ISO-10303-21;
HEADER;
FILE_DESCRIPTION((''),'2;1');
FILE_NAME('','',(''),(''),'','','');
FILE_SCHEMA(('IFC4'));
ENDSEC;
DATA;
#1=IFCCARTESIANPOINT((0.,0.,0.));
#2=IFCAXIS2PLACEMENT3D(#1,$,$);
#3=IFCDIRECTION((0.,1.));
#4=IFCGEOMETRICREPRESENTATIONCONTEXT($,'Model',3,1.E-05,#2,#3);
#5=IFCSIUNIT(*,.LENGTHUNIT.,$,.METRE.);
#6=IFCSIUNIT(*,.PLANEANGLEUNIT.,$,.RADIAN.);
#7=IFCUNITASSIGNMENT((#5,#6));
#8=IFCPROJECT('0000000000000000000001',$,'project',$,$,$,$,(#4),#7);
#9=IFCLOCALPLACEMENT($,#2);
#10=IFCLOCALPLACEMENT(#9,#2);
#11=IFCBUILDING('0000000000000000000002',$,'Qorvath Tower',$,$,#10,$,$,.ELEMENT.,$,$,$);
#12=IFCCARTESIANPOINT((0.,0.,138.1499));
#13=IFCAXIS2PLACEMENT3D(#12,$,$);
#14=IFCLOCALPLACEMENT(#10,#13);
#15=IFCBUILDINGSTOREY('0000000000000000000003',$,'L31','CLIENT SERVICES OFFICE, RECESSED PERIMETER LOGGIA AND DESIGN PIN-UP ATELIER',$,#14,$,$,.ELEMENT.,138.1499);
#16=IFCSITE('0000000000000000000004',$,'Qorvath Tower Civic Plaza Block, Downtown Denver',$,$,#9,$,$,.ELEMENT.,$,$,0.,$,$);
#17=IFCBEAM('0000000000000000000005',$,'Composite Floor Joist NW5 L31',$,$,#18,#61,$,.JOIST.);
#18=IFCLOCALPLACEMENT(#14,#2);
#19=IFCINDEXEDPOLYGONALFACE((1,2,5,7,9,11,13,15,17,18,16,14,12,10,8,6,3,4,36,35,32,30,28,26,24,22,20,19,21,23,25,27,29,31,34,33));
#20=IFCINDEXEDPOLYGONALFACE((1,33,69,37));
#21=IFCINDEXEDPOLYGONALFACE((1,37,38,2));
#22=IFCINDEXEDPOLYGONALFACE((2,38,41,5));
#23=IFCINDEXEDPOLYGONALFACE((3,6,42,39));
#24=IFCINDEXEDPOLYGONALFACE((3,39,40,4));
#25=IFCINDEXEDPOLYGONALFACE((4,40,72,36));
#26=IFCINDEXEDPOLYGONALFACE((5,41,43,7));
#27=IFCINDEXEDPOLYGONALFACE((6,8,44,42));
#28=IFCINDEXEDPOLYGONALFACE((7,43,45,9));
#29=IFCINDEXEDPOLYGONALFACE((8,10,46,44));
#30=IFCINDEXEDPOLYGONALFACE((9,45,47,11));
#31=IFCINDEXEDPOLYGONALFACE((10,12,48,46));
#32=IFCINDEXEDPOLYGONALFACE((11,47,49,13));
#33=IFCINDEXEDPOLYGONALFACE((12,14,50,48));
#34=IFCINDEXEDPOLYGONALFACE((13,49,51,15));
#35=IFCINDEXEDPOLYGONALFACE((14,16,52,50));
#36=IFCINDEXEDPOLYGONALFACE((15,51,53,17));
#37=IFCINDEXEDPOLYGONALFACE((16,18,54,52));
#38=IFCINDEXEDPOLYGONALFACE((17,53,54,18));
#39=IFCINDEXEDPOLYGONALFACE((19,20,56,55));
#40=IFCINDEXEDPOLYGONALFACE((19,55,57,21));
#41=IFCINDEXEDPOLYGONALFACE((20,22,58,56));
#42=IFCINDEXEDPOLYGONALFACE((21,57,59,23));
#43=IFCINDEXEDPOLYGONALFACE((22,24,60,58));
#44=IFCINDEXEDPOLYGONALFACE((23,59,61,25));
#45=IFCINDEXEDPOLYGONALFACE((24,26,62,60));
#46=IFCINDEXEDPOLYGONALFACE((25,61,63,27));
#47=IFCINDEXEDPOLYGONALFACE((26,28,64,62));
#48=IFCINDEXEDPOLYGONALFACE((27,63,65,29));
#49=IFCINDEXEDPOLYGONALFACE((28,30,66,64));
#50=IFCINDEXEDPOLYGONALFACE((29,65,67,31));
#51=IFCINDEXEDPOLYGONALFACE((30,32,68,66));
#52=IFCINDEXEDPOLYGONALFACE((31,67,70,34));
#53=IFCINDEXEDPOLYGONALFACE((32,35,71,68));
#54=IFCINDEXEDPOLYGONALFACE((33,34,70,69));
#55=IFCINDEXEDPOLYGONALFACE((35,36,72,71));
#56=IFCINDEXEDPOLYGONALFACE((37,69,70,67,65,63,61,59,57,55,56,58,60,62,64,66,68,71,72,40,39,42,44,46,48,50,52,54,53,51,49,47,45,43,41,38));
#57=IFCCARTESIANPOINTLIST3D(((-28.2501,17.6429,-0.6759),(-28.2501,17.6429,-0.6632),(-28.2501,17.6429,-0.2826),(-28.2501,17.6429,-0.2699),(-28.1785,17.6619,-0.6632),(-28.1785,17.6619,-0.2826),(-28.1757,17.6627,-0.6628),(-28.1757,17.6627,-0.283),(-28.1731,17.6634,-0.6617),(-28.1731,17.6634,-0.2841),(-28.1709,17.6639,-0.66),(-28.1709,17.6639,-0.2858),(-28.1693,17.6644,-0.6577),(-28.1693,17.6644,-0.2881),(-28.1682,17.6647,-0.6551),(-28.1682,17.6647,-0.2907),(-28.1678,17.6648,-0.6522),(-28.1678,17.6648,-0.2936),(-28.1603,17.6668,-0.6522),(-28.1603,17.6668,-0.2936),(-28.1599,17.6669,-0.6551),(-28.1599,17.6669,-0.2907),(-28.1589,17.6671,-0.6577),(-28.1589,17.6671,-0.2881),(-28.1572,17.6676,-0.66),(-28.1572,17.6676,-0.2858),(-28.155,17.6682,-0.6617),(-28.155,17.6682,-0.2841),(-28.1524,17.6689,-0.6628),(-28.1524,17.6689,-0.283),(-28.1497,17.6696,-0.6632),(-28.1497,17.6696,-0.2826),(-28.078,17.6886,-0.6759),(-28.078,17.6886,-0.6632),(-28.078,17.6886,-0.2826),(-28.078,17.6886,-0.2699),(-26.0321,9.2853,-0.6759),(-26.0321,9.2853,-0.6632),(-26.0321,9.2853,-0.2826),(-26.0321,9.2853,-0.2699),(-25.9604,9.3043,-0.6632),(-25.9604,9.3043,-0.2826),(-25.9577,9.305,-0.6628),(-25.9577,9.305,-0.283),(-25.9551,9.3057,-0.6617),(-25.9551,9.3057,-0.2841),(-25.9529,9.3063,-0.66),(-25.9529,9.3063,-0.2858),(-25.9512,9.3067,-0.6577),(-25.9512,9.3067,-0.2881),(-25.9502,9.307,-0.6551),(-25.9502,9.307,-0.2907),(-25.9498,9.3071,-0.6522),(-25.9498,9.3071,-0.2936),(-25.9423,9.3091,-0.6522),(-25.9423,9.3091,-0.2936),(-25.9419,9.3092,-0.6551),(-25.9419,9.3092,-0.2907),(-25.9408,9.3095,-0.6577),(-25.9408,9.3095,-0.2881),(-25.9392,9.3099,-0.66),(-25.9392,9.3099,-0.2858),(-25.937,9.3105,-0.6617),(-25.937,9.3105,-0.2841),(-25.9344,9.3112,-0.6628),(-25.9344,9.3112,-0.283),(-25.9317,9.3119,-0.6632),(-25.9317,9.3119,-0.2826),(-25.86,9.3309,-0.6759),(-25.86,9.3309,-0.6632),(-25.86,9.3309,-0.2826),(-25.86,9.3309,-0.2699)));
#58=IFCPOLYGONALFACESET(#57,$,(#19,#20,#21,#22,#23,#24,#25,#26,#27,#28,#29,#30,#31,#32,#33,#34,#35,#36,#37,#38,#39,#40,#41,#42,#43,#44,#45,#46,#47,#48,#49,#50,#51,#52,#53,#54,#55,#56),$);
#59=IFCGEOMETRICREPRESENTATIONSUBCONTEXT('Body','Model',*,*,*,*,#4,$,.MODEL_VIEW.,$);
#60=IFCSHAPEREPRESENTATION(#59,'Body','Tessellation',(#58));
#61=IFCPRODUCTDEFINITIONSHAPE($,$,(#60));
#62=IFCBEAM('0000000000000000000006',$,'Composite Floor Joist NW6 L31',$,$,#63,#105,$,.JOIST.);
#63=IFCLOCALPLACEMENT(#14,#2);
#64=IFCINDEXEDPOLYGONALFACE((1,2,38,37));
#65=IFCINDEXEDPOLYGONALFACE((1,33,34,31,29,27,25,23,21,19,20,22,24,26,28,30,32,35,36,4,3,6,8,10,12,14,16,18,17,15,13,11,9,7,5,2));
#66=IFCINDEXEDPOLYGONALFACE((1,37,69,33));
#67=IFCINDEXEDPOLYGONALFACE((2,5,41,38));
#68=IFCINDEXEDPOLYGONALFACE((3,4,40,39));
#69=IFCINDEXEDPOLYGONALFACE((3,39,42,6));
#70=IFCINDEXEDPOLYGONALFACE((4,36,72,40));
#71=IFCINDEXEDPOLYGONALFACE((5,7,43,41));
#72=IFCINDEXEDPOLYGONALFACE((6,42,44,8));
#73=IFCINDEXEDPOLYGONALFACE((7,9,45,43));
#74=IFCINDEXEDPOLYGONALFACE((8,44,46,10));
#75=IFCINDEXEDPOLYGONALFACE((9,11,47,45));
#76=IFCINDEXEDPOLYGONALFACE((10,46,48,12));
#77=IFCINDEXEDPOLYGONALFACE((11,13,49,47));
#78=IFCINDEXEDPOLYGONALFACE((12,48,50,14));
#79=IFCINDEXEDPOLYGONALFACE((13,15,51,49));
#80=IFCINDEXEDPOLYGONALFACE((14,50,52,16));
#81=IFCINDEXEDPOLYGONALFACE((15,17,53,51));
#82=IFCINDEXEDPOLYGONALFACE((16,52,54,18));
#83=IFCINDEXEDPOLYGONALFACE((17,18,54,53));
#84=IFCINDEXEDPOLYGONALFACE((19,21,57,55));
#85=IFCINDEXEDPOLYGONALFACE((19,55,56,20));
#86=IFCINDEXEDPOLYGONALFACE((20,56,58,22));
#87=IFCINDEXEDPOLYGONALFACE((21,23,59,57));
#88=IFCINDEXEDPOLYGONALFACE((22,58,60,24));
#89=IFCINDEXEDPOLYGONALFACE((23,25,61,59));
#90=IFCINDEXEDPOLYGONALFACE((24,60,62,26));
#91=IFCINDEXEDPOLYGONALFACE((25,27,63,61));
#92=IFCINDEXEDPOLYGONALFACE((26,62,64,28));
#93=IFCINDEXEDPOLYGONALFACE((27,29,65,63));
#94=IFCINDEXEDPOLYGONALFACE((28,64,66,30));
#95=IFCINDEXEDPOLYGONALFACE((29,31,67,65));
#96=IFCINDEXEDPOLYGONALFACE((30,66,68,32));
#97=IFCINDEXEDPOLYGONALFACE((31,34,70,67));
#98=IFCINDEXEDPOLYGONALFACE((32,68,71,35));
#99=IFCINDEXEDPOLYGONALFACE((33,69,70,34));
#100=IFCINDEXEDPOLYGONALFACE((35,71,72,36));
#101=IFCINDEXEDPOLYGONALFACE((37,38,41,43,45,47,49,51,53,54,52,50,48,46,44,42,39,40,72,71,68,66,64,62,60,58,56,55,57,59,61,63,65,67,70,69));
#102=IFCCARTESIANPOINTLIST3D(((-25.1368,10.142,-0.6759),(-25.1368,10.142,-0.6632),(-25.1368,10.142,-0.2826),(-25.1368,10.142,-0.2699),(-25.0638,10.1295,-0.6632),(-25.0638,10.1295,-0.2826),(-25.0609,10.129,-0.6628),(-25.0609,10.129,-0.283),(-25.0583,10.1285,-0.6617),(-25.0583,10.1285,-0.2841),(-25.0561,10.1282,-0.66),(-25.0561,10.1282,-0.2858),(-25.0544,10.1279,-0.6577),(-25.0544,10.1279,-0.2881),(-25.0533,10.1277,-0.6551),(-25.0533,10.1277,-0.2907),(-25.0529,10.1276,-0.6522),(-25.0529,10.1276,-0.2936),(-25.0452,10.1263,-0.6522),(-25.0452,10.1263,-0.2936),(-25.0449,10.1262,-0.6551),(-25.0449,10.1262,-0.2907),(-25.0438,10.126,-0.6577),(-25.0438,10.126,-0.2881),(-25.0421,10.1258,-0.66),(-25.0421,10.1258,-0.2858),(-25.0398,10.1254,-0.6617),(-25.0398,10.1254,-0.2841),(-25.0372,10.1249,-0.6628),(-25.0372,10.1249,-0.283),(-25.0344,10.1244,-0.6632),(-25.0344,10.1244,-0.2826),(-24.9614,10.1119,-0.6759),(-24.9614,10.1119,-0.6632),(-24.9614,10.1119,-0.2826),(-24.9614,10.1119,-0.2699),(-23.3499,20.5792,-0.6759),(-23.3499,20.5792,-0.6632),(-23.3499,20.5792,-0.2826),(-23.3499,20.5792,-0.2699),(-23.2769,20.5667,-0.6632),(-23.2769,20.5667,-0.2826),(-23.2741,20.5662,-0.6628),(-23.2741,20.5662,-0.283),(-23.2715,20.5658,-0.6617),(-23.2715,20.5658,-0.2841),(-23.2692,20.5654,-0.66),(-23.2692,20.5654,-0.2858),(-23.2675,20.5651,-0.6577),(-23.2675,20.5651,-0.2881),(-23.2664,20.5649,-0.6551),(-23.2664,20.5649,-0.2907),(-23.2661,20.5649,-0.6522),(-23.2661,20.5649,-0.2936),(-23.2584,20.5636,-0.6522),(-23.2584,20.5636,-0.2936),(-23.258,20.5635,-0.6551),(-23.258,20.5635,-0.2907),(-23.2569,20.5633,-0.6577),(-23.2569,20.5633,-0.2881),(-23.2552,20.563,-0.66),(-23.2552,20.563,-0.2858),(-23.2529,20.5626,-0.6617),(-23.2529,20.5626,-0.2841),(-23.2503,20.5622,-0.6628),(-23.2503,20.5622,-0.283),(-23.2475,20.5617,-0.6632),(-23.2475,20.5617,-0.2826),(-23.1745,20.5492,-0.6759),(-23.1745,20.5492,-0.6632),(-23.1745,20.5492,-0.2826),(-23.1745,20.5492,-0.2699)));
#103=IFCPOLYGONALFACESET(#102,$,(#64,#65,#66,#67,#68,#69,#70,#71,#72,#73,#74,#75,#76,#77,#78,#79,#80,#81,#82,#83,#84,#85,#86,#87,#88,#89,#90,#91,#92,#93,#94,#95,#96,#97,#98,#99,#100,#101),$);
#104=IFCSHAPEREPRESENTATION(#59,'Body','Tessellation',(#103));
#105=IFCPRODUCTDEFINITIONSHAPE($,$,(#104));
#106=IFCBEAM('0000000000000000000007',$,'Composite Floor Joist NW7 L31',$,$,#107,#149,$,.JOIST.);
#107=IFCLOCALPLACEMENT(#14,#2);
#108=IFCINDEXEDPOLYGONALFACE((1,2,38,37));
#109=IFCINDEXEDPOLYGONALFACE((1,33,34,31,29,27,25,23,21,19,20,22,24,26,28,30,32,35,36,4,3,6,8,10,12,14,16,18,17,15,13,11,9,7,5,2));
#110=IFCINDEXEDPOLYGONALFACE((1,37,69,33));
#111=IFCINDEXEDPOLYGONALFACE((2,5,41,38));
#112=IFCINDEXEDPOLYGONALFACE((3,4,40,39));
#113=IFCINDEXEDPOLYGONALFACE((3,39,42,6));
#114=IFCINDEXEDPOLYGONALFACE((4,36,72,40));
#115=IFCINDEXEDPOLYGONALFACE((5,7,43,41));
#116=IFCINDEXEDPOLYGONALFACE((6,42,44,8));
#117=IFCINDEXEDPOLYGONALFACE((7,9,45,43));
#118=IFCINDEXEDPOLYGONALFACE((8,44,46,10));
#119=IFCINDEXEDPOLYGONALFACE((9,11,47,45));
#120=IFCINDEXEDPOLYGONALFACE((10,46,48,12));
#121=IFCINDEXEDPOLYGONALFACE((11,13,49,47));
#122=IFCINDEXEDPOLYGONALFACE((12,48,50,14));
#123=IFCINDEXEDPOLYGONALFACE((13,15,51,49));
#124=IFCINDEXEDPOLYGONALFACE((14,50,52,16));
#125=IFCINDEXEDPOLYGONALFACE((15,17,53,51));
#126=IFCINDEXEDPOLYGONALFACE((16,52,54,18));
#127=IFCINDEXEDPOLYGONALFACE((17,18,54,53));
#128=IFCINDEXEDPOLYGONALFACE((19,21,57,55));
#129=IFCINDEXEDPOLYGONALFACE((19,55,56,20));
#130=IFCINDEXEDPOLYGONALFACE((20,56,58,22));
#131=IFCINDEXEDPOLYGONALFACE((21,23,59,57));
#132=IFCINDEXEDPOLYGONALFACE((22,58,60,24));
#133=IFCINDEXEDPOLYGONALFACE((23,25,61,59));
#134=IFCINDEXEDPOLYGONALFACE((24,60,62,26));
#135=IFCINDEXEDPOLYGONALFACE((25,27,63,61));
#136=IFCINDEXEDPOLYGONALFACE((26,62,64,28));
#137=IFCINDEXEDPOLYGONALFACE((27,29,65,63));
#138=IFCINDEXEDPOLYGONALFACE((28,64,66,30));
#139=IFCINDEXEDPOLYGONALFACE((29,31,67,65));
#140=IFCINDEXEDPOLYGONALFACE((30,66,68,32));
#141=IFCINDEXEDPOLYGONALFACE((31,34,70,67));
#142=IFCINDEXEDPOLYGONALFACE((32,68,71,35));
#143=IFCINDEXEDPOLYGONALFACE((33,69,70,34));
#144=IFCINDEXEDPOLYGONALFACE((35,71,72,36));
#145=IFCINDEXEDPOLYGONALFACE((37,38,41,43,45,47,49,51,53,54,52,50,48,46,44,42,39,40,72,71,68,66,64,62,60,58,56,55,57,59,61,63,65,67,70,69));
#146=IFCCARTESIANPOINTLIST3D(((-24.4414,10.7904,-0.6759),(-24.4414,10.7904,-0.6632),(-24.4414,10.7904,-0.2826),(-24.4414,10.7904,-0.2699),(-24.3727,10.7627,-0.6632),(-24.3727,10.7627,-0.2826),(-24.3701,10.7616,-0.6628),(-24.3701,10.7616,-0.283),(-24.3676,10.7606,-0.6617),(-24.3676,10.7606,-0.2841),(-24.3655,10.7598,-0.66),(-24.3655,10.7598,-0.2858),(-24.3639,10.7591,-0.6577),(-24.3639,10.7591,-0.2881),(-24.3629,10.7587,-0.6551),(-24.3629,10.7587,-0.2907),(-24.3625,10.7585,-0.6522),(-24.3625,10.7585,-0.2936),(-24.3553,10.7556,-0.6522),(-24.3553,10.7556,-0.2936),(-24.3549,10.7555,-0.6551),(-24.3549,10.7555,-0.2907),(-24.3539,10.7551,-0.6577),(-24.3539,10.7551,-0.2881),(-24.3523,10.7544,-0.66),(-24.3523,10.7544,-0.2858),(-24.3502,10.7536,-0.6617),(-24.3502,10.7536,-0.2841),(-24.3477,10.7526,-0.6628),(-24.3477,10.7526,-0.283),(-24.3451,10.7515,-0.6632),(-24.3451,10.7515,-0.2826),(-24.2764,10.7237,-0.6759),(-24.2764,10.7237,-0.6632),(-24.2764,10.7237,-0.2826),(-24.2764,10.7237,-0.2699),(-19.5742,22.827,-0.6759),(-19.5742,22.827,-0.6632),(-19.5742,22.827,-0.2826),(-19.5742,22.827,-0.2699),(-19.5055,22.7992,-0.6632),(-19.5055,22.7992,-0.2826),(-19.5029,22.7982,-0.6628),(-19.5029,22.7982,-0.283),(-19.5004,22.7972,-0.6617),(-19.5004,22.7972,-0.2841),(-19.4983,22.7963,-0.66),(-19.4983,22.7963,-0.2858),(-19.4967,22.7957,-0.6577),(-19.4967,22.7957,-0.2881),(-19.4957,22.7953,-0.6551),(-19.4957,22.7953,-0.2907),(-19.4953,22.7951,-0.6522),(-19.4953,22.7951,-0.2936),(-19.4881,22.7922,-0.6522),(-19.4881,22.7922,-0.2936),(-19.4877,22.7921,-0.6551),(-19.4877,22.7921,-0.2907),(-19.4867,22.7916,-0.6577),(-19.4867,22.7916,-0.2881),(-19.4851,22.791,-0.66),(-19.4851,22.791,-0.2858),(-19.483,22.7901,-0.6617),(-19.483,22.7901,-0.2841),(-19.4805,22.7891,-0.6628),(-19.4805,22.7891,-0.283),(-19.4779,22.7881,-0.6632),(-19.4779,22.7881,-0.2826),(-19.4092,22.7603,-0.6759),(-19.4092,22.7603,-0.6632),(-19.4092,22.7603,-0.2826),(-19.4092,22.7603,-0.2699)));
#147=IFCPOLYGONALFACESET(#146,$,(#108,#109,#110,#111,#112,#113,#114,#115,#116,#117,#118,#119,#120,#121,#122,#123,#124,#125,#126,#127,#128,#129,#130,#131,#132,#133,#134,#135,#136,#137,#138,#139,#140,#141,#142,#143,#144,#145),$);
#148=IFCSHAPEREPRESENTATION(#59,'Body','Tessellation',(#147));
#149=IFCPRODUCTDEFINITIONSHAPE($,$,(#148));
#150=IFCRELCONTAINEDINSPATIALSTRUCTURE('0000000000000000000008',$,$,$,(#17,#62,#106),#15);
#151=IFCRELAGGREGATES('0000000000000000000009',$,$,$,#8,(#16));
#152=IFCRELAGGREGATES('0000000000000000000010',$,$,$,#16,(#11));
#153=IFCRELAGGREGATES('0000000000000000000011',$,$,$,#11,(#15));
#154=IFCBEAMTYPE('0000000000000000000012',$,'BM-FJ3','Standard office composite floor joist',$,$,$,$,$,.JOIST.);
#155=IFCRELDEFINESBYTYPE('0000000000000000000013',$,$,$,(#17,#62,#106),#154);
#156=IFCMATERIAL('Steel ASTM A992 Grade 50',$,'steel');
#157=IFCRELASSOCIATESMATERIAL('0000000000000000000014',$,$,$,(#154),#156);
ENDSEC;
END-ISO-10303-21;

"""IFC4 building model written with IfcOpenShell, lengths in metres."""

from ifc_helpers import new_model, si_unit, direction, frame, origin, origin_2d, place, context, subcontext, project, spatial, i_section, extrude, material, material_profile, profile_set, type_object, element, save


model = new_model("IFC4")

# Units and contexts
model_context = context("Model", 3, precision=1e-05, world=origin(), true_north=direction((0.0, 1.0)))
body_context = subcontext(model_context, "Body", "Model", "MODEL_VIEW")
ifc_project = project(units=[si_unit("LENGTHUNIT", "METRE"), si_unit("PLANEANGLEUNIT", "RADIAN")], contexts=[model_context])

# Site, building, storey
site_placement = place(None, origin())
site = spatial("IfcSite", under=ifc_project, at=site_placement, Name="Qorvath Tower Civic Plaza Block, Downtown Denver", CompositionType="ELEMENT", RefElevation=0.0)
building_placement = place(site_placement, origin())
building = spatial("IfcBuilding", under=site, at=building_placement, Name="Qorvath Tower", CompositionType="ELEMENT")
storey_placement = place(building_placement, frame((0.0, 0.0, 138.1499)))
storey = spatial("IfcBuildingStorey", under=building, at=storey_placement, Name="L31", Description="CLIENT SERVICES OFFICE, RECESSED PERIMETER LOGGIA AND DESIGN PIN-UP ATELIER", CompositionType="ELEMENT", Elevation=138.1499)

# Beams
ifc_material_1 = material(Name="Steel ASTM A992 Grade 50", Category="steel")
ifc_material_profile_1 = material_profile(ifc_material_1, i_section(OverallWidth=0.178, OverallDepth=0.406, WebThickness=0.0078, FlangeThickness=0.0127, FilletRadius=0.011, at=origin_2d()), Name="W16x40")
ifc_profile_set_1 = profile_set([ifc_material_profile_1], Name="Steel ASTM A992 Grade 50")
beam_type_1 = type_object("IfcBeamType", Name="BM-FJ3", Description="Standard office composite floor joist", PredefinedType="JOIST", material=ifc_profile_set_1)
beam_1_placement = place(storey_placement, frame((-25.946, 9.3081, -0.4729), z_axis=(-0.256508, 0.966542, 0.0), x_axis=(-0.966542, -0.256508, 0.0)))
element("IfcBeam", 1, at=beam_1_placement, inside=storey, type_object=beam_type_1, Name="Composite Floor Joist NW5 L31", PredefinedType="JOIST", context=body_context, shape_type="SweptSolid", body=[
    extrude(i_section(OverallWidth=0.178, OverallDepth=0.406, WebThickness=0.0078, FlangeThickness=0.0127, FilletRadius=0.011, at=origin_2d()), origin(), (0.0, 0.0, 1.0), 8.647),
])
beam_2_placement = place(storey_placement, frame((-25.0491, 10.127, -0.4729), z_axis=(0.168746, 0.98566, 0.0), x_axis=(-0.98566, 0.168746, 0.0)))
element("IfcBeam", 2, at=beam_2_placement, inside=storey, type_object=beam_type_1, Name="Composite Floor Joist NW6 L31", PredefinedType="JOIST", context=body_context, shape_type="SweptSolid", body=[
    extrude(i_section(OverallWidth=0.178, OverallDepth=0.406, WebThickness=0.0078, FlangeThickness=0.0127, FilletRadius=0.011, at=origin_2d()), origin(), (0.0, 0.0, 1.0), 10.5891),
])
beam_3_placement = place(storey_placement, frame((-24.3589, 10.7571, -0.4729), z_axis=(0.374877, 0.927075, 0.0), x_axis=(-0.927075, 0.374877, 0.0)))
element("IfcBeam", 3, at=beam_3_placement, inside=storey, type_object=beam_type_1, Name="Composite Floor Joist NW7 L31", PredefinedType="JOIST", context=body_context, shape_type="SweptSolid", body=[
    extrude(i_section(OverallWidth=0.178, OverallDepth=0.406, WebThickness=0.0078, FlangeThickness=0.0127, FilletRadius=0.011, at=origin_2d()), origin(), (0.0, 0.0, 1.0), 12.9834),
])

save(model, "model.ifc")
